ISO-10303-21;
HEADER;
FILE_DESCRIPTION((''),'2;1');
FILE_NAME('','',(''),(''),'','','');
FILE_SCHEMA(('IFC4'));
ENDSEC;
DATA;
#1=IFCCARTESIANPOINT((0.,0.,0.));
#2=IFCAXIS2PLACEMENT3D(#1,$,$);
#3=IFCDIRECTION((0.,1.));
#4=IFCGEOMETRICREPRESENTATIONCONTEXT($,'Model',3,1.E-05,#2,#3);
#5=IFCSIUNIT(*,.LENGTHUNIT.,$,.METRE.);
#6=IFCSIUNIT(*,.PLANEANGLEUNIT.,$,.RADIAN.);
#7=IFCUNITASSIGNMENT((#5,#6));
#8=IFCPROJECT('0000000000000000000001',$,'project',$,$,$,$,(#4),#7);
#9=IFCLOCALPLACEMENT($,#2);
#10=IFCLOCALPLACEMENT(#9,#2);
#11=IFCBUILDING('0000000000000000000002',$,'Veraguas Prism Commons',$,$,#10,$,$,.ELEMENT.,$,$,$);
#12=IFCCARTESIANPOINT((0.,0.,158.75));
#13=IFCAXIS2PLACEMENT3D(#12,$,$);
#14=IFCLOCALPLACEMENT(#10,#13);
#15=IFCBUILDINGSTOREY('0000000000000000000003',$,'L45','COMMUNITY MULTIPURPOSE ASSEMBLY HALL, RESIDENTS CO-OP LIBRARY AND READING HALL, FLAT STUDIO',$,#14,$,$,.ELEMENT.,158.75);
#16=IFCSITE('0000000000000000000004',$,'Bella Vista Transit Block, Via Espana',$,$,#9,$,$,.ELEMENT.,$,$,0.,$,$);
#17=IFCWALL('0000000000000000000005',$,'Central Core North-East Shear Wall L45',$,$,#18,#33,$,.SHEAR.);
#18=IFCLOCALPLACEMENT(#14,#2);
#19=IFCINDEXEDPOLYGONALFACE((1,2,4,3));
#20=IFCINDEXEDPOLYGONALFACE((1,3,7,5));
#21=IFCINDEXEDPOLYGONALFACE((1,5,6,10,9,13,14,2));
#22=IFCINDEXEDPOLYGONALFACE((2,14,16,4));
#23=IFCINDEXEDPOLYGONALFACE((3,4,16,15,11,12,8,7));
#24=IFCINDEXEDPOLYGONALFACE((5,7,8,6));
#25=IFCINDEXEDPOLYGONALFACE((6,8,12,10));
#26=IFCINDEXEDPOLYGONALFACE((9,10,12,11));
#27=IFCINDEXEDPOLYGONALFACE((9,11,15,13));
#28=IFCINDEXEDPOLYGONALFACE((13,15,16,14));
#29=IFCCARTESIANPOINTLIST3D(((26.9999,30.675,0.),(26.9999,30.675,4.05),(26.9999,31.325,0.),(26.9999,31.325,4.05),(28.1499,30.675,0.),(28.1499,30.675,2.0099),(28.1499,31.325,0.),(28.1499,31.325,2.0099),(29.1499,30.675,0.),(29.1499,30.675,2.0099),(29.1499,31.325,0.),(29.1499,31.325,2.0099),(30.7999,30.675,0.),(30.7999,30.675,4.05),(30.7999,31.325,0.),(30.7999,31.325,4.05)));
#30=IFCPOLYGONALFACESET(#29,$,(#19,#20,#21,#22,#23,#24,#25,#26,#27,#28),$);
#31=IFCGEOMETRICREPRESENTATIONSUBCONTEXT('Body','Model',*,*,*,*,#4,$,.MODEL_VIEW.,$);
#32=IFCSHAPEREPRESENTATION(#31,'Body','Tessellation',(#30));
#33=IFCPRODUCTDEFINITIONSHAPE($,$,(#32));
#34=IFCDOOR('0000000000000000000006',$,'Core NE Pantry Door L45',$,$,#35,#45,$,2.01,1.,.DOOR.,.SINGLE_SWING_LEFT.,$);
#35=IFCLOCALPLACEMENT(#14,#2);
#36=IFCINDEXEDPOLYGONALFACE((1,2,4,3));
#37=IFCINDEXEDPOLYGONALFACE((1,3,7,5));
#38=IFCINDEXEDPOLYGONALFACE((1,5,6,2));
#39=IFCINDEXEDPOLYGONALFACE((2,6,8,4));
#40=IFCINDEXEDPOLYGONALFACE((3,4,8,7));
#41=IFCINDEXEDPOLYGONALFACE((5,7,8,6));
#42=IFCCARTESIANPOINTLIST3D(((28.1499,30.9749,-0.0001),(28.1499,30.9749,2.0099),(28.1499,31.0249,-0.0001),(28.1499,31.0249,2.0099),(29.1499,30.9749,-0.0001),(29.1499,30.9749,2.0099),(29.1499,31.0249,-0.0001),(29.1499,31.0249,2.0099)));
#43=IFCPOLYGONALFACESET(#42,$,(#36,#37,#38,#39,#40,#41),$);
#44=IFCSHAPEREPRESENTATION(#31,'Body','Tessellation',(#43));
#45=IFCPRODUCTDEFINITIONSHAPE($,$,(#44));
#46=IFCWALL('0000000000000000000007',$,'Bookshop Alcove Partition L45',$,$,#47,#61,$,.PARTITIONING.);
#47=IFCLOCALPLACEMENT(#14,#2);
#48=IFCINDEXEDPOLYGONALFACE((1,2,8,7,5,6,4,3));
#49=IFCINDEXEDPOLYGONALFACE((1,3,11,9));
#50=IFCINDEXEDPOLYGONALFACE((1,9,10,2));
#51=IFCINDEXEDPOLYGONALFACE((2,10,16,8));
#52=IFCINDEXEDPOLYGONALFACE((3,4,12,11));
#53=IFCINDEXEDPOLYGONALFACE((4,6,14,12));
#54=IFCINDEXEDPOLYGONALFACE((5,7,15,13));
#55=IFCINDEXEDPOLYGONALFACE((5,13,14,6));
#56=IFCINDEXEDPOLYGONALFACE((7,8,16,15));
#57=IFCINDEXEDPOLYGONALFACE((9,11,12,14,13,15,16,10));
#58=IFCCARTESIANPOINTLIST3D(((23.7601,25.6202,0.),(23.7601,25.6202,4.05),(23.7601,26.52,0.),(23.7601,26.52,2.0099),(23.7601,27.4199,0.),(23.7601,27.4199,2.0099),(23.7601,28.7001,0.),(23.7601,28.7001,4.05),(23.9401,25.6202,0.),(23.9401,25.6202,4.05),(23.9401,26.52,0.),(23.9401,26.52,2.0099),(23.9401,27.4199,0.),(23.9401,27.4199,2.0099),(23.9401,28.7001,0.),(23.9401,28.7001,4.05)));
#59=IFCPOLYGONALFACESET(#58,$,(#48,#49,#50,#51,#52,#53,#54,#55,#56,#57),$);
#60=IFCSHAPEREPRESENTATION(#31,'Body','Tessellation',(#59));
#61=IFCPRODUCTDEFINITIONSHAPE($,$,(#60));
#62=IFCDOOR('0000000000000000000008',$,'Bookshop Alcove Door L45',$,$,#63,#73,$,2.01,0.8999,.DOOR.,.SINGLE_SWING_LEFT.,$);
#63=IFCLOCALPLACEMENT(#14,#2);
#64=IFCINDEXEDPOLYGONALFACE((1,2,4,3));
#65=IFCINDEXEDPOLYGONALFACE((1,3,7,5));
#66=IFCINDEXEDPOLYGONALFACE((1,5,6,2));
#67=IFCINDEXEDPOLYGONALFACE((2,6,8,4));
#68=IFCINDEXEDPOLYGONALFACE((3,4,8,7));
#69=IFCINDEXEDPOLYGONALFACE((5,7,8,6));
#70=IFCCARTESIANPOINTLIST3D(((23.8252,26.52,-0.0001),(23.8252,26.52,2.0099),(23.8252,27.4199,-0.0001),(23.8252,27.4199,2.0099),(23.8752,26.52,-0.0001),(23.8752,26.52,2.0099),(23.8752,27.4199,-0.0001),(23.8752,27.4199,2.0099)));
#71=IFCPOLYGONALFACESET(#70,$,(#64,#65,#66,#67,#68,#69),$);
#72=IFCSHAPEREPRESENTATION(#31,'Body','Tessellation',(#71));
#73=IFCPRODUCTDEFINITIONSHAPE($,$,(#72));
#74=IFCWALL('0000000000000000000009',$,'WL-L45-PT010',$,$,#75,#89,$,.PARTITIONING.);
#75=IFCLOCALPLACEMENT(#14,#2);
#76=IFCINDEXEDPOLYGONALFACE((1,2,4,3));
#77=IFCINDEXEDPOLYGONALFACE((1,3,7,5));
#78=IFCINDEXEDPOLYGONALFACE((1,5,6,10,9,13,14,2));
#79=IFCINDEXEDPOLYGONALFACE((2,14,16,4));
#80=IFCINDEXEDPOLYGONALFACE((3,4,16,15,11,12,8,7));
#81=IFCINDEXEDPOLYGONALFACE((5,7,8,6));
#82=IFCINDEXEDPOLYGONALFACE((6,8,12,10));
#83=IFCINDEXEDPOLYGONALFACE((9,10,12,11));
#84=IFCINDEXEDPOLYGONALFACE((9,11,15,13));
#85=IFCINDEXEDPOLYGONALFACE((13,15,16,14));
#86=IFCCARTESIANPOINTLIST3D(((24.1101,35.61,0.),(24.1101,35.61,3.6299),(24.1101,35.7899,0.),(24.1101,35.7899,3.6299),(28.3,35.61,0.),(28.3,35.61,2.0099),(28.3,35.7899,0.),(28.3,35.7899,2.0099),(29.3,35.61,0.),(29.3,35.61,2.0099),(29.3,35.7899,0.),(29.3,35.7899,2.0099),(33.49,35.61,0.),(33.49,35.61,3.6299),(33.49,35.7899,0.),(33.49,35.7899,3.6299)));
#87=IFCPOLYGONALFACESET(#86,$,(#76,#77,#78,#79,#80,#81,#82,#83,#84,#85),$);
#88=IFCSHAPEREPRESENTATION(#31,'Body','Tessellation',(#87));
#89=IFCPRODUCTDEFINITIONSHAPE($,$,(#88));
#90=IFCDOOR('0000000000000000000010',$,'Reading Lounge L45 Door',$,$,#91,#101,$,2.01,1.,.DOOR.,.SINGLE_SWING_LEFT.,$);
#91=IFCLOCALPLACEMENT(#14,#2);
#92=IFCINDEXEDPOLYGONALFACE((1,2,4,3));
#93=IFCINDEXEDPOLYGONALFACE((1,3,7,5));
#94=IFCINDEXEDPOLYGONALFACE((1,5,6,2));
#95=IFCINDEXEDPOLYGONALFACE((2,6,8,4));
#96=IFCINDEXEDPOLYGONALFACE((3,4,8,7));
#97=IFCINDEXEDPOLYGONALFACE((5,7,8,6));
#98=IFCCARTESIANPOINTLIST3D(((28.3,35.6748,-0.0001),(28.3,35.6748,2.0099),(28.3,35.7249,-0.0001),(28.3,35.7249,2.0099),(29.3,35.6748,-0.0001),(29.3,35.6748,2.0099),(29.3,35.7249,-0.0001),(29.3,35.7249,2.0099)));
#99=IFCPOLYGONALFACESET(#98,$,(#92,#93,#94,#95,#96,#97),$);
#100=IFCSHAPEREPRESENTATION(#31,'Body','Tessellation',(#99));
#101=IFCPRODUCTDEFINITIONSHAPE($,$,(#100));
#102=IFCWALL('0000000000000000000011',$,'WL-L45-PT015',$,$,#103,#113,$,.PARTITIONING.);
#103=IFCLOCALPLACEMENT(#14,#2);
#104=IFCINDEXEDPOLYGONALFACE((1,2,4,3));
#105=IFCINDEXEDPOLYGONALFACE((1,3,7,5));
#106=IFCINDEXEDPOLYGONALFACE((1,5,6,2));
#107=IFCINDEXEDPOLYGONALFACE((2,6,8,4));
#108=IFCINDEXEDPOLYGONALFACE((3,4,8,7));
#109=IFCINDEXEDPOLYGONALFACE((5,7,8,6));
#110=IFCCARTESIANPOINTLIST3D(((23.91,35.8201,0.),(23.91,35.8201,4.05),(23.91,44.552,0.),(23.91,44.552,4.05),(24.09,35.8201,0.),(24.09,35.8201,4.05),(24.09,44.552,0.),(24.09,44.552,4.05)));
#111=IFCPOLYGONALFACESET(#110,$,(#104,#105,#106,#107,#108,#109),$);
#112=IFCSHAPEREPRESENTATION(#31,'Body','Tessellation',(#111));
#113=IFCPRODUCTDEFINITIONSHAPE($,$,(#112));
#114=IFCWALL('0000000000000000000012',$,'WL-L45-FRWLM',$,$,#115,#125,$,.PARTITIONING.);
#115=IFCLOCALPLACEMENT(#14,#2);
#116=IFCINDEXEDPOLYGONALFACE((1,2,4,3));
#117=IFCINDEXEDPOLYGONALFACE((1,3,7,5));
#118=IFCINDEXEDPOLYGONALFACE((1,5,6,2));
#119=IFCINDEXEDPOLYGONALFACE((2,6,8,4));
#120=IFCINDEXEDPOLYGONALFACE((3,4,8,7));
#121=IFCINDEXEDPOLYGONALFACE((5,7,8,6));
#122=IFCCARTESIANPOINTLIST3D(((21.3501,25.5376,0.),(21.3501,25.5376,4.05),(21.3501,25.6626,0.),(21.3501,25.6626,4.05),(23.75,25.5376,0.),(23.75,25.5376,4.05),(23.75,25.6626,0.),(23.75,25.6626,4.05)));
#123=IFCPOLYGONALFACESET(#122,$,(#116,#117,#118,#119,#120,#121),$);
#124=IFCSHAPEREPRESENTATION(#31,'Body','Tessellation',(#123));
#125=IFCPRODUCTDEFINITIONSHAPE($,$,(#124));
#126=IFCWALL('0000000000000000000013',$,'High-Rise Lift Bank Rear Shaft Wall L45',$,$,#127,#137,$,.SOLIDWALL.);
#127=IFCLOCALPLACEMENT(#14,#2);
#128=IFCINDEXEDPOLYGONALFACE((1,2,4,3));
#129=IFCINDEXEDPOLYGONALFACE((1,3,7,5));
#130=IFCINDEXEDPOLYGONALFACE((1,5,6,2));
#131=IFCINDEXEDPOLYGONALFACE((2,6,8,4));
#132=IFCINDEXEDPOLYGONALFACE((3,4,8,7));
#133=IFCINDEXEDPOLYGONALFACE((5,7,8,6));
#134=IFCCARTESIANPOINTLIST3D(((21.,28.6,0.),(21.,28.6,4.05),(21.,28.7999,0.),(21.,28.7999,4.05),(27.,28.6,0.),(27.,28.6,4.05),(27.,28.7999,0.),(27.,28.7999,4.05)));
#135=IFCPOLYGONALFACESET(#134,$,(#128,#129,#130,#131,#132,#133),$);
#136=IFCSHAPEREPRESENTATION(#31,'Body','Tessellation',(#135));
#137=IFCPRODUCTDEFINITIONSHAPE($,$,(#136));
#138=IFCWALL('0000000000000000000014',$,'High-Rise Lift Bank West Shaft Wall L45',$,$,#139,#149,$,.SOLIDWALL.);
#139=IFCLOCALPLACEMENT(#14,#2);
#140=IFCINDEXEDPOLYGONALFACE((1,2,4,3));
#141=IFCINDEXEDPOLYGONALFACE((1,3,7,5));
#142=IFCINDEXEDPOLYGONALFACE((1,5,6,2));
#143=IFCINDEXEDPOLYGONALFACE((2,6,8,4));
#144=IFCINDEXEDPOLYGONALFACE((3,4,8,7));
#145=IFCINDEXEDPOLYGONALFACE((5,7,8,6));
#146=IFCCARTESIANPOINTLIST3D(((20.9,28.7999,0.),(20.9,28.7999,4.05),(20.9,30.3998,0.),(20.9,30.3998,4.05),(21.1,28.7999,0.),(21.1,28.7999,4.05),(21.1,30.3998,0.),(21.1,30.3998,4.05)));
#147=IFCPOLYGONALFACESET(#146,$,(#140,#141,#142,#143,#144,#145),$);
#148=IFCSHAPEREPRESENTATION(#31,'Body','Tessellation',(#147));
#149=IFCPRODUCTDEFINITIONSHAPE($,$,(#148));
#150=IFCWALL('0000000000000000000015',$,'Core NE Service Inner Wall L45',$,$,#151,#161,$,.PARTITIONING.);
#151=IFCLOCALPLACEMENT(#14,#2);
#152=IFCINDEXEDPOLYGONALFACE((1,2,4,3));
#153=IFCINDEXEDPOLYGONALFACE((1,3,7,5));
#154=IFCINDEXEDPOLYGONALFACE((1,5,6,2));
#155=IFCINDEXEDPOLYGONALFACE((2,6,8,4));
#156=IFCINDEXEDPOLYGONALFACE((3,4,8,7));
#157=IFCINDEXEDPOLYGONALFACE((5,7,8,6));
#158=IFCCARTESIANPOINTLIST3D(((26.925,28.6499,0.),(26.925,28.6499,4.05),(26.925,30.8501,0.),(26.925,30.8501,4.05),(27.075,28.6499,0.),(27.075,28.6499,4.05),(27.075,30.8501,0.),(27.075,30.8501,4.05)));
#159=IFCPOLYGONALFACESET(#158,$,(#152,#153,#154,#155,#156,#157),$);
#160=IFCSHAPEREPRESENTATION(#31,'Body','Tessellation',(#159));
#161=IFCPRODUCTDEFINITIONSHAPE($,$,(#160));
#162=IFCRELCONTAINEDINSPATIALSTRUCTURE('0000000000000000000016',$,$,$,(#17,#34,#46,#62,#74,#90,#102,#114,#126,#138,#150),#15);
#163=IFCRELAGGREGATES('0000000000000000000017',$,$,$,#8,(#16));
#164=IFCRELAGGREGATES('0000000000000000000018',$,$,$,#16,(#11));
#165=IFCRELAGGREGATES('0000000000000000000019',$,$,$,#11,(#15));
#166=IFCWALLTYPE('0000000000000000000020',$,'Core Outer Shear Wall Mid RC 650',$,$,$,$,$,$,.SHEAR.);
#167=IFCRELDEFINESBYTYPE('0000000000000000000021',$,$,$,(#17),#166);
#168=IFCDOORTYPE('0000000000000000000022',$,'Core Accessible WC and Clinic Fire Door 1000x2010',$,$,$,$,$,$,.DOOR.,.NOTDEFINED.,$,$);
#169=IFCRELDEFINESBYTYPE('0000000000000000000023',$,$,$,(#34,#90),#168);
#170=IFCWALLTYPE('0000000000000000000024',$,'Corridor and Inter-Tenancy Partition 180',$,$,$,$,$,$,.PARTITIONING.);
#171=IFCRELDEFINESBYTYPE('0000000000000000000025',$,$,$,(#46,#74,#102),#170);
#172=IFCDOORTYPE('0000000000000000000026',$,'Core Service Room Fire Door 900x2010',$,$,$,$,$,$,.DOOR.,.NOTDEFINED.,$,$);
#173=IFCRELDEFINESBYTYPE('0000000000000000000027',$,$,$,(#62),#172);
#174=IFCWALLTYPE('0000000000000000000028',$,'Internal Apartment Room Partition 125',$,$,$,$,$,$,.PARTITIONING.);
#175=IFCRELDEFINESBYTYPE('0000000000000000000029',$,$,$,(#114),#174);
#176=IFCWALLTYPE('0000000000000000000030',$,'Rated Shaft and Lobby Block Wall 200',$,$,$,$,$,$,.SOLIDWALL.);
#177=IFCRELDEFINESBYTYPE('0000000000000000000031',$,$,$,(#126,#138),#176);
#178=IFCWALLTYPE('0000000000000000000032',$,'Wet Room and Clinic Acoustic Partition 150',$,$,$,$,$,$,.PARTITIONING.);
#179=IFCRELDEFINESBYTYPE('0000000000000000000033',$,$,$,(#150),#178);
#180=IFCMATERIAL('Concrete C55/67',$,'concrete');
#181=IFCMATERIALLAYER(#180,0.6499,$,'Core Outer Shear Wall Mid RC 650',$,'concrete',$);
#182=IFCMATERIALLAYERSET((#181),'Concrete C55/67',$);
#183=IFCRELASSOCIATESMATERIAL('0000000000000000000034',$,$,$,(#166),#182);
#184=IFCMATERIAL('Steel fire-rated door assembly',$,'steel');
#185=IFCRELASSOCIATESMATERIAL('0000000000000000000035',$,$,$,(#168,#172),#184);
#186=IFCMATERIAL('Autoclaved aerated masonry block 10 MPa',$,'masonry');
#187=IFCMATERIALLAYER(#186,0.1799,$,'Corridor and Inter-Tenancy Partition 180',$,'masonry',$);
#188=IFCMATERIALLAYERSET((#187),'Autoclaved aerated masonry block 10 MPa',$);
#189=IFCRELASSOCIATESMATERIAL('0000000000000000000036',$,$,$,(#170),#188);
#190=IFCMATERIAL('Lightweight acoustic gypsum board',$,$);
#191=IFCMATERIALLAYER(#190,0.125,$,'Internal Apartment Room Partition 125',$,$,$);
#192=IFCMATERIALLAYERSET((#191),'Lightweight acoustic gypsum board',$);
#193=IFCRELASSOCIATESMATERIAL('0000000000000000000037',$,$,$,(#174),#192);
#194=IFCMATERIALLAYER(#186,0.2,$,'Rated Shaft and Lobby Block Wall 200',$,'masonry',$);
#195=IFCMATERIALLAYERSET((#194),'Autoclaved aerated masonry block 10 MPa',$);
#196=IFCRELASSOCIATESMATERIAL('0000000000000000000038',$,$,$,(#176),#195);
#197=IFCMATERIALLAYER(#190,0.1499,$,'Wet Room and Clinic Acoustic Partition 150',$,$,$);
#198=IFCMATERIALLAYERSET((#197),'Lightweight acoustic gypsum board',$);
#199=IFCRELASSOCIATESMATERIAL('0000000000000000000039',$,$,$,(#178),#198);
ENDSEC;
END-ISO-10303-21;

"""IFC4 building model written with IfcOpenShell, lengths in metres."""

from ifc_helpers import new_model, si_unit, direction, frame, frame_2d, origin, place, context, subcontext, project, spatial, rectangle, extrude, source, transform, mapped, material, layer, layer_set, type_object, element, fill, save


model = new_model("IFC4")

# Units and contexts
model_context = context("Model", 3, precision=1e-05, world=origin(), true_north=direction((0.0, 1.0)))
body_context = subcontext(model_context, "Body", "Model", "MODEL_VIEW")
ifc_project = project(units=[si_unit("LENGTHUNIT", "METRE"), si_unit("PLANEANGLEUNIT", "RADIAN")], contexts=[model_context])

# Site, building, storey
site_placement = place(None, origin())
site = spatial("IfcSite", under=ifc_project, at=site_placement, Name="Bella Vista Transit Block, Via Espana", CompositionType="ELEMENT", RefElevation=0.0)
building_placement = place(site_placement, origin())
building = spatial("IfcBuilding", under=site, at=building_placement, Name="Veraguas Prism Commons", CompositionType="ELEMENT")
storey_placement = place(building_placement, frame((0.0, 0.0, 158.75)))
storey = spatial("IfcBuildingStorey", under=building, at=storey_placement, Name="L45", Description="COMMUNITY MULTIPURPOSE ASSEMBLY HALL, RESIDENTS CO-OP LIBRARY AND READING HALL, FLAT STUDIO", CompositionType="ELEMENT", Elevation=158.75)

# Walls, openings, doors
ifc_material_1 = material(Name="Concrete C55/67", Category="concrete")
ifc_layer_1 = layer(ifc_material_1, 0.6499, Name="Core Outer Shear Wall Mid RC 650", Category="concrete")
ifc_layer_set_1 = layer_set([ifc_layer_1], Name="Concrete C55/67")
wall_type_1 = type_object("IfcWallType", Name="Core Outer Shear Wall Mid RC 650", PredefinedType="SHEAR", material=ifc_layer_set_1)
wall_1_placement = place(storey_placement, frame((27.0, 31.0, 0.0), z_axis=(0.0, 0.0, 1.0), x_axis=(1.0, 0.0, 0.0)))
wall_1 = element("IfcWall", 1, at=wall_1_placement, inside=storey, type_object=wall_type_1, Name="Central Core North-East Shear Wall L45", PredefinedType="SHEAR", context=body_context, shape_type="SweptSolid", body=[
    extrude(rectangle(XDim=3.8, YDim=0.6499, at=frame_2d((1.8999, 0.0))), origin(), (0.0, 0.0, 1.0), 4.05),
])
opening_1_placement = place(wall_1_placement, frame((1.1499, 0.0, 0.0)))
opening_1 = element("IfcOpeningElement", 2, at=opening_1_placement, cuts=wall_1, PredefinedType="OPENING", context=body_context, shape_type="SweptSolid", body=[
    extrude(rectangle(XDim=1.0, YDim=2.01, at=frame_2d((0.5, 1.0049))), frame((0.0, 0.335, 0.0), z_axis=(0.0, -1.0, 0.0), x_axis=(1.0, 0.0, 0.0)), (0.0, 0.0, 1.0), 0.6699),
])
ifc_material_2 = material(Name="Steel fire-rated door assembly", Category="steel")
door_type_1 = type_object("IfcDoorType", Name="Core Accessible WC and Clinic Fire Door 1000x2010", OperationType="NOTDEFINED", PredefinedType="DOOR", material=ifc_material_2)
shared_shape_1 = source(origin(), body_context, "Body", "SweptSolid", [
    extrude(rectangle(XDim=1.0, YDim=2.01, at=frame_2d((0.5, 1.0049))), frame((0.0, 0.0249, 0.0), z_axis=(0.0, -1.0, 0.0), x_axis=(1.0, 0.0, 0.0)), (0.0, 0.0, 1.0), 0.05),
])
door_1_placement = place(opening_1_placement, origin())
door_1 = element("IfcDoor", 3, at=door_1_placement, inside=storey, type_object=door_type_1, Name="Core NE Pantry Door L45", OperationType="SINGLE_SWING_LEFT", OverallHeight=2.01, OverallWidth=1.0, PredefinedType="DOOR", context=body_context, shape_type="MappedRepresentation", body=[
    mapped(shared_shape_1, transform((0.0, 0.0, 0.0), scale=1.0)),
])
fill(opening_1, door_1)
ifc_material_3 = material(Name="Autoclaved aerated masonry block 10 MPa", Category="masonry")
ifc_layer_2 = layer(ifc_material_3, 0.1799, Name="Corridor and Inter-Tenancy Partition 180", Category="masonry")
ifc_layer_set_2 = layer_set([ifc_layer_2], Name="Autoclaved aerated masonry block 10 MPa")
wall_type_2 = type_object("IfcWallType", Name="Corridor and Inter-Tenancy Partition 180", PredefinedType="PARTITIONING", material=ifc_layer_set_2)
wall_2_placement = place(storey_placement, frame((23.8501, 25.6201, 0.0), z_axis=(0.0, 0.0, 1.0), x_axis=(0.0, 1.0, 0.0)))
wall_2 = element("IfcWall", 4, at=wall_2_placement, inside=storey, type_object=wall_type_2, Name="Bookshop Alcove Partition L45", PredefinedType="PARTITIONING", context=body_context, shape_type="SweptSolid", body=[
    extrude(rectangle(XDim=3.0798, YDim=0.1799, at=frame_2d((1.54, 0.0))), origin(), (0.0, 0.0, 1.0), 4.05),
])
opening_2_placement = place(wall_2_placement, frame((0.8999, 0.0, 0.0)))
opening_2 = element("IfcOpeningElement", 5, at=opening_2_placement, cuts=wall_2, PredefinedType="OPENING", context=body_context, shape_type="SweptSolid", body=[
    extrude(rectangle(XDim=0.8999, YDim=2.01, at=frame_2d((0.45, 1.0049))), frame((0.0, 0.0999, 0.0), z_axis=(0.0, -1.0, 0.0), x_axis=(1.0, 0.0, 0.0)), (0.0, 0.0, 1.0), 0.2),
])
door_type_2 = type_object("IfcDoorType", Name="Core Service Room Fire Door 900x2010", OperationType="NOTDEFINED", PredefinedType="DOOR", material=ifc_material_2)
shared_shape_2 = source(origin(), body_context, "Body", "SweptSolid", [
    extrude(rectangle(XDim=0.8999, YDim=2.01, at=frame_2d((0.45, 1.0049))), frame((0.0, 0.0249, 0.0), z_axis=(0.0, -1.0, 0.0), x_axis=(1.0, 0.0, 0.0)), (0.0, 0.0, 1.0), 0.05),
])
door_2_placement = place(opening_2_placement, origin())
door_2 = element("IfcDoor", 6, at=door_2_placement, inside=storey, type_object=door_type_2, Name="Bookshop Alcove Door L45", OperationType="SINGLE_SWING_LEFT", OverallHeight=2.01, OverallWidth=0.8999, PredefinedType="DOOR", context=body_context, shape_type="MappedRepresentation", body=[
    mapped(shared_shape_2, transform((0.0, 0.0, 0.0), scale=1.0)),
])
fill(opening_2, door_2)
wall_3_placement = place(storey_placement, frame((24.1101, 35.7, 0.0), z_axis=(0.0, 0.0, 1.0), x_axis=(1.0, 0.0, 0.0)))
wall_3 = element("IfcWall", 7, at=wall_3_placement, inside=storey, type_object=wall_type_2, Name="WL-L45-PT010", PredefinedType="PARTITIONING", context=body_context, shape_type="SweptSolid", body=[
    extrude(rectangle(XDim=9.3799, YDim=0.1799, at=frame_2d((4.6899, 0.0))), origin(), (0.0, 0.0, 1.0), 3.6299),
])
opening_3_placement = place(wall_3_placement, frame((4.1899, 0.0, 0.0)))
opening_3 = element("IfcOpeningElement", 8, at=opening_3_placement, cuts=wall_3, PredefinedType="OPENING", context=body_context, shape_type="SweptSolid", body=[
    extrude(rectangle(XDim=1.0, YDim=2.01, at=frame_2d((0.5, 1.0049))), frame((0.0, 0.0999, 0.0), z_axis=(0.0, -1.0, 0.0), x_axis=(1.0, 0.0, 0.0)), (0.0, 0.0, 1.0), 0.2),
])
door_3_placement = place(opening_3_placement, origin())
door_3 = element("IfcDoor", 9, at=door_3_placement, inside=storey, type_object=door_type_1, Name="Reading Lounge L45 Door", OperationType="SINGLE_SWING_LEFT", OverallHeight=2.01, OverallWidth=1.0, PredefinedType="DOOR", context=body_context, shape_type="MappedRepresentation", body=[
    mapped(shared_shape_1, transform((0.0, 0.0, 0.0), scale=1.0)),
])
fill(opening_3, door_3)

# Walls
wall_4_placement = place(storey_placement, frame((24.0, 35.8201, 0.0), z_axis=(0.0, 0.0, 1.0), x_axis=(0.0, 1.0, 0.0)))
element("IfcWall", 10, at=wall_4_placement, inside=storey, type_object=wall_type_2, Name="WL-L45-PT015", PredefinedType="PARTITIONING", context=body_context, shape_type="SweptSolid", body=[
    extrude(rectangle(XDim=8.7319, YDim=0.1799, at=frame_2d((4.366, 0.0))), origin(), (0.0, 0.0, 1.0), 4.05),
])
ifc_material_4 = material(Name="Lightweight acoustic gypsum board")
ifc_layer_3 = layer(ifc_material_4, 0.125, Name="Internal Apartment Room Partition 125")
ifc_layer_set_3 = layer_set([ifc_layer_3], Name="Lightweight acoustic gypsum board")
wall_type_3 = type_object("IfcWallType", Name="Internal Apartment Room Partition 125", PredefinedType="PARTITIONING", material=ifc_layer_set_3)
wall_5_placement = place(storey_placement, frame((21.3501, 25.6001, 0.0), z_axis=(0.0, 0.0, 1.0), x_axis=(1.0, 0.0, 0.0)))
element("IfcWall", 11, at=wall_5_placement, inside=storey, type_object=wall_type_3, Name="WL-L45-FRWLM", PredefinedType="PARTITIONING", context=body_context, shape_type="SweptSolid", body=[
    extrude(rectangle(XDim=2.3999, YDim=0.125, at=frame_2d((1.2, 0.0))), origin(), (0.0, 0.0, 1.0), 4.05),
])
ifc_layer_4 = layer(ifc_material_3, 0.2, Name="Rated Shaft and Lobby Block Wall 200", Category="masonry")
ifc_layer_set_4 = layer_set([ifc_layer_4], Name="Autoclaved aerated masonry block 10 MPa")
wall_type_4 = type_object("IfcWallType", Name="Rated Shaft and Lobby Block Wall 200", PredefinedType="SOLIDWALL", material=ifc_layer_set_4)
wall_6_placement = place(storey_placement, frame((21.0, 28.7, 0.0), z_axis=(0.0, 0.0, 1.0), x_axis=(1.0, 0.0, 0.0)))
element("IfcWall", 12, at=wall_6_placement, inside=storey, type_object=wall_type_4, Name="High-Rise Lift Bank Rear Shaft Wall L45", PredefinedType="SOLIDWALL", context=body_context, shape_type="SweptSolid", body=[
    extrude(rectangle(XDim=6.0, YDim=0.2, at=frame_2d((3.0, 0.0))), origin(), (0.0, 0.0, 1.0), 4.05),
])
wall_7_placement = place(storey_placement, frame((21.0, 28.8, 0.0), z_axis=(0.0, 0.0, 1.0), x_axis=(0.0, 1.0, 0.0)))
element("IfcWall", 13, at=wall_7_placement, inside=storey, type_object=wall_type_4, Name="High-Rise Lift Bank West Shaft Wall L45", PredefinedType="SOLIDWALL", context=body_context, shape_type="SweptSolid", body=[
    extrude(rectangle(XDim=1.5999, YDim=0.2, at=frame_2d((0.7998, 0.0))), origin(), (0.0, 0.0, 1.0), 4.05),
])
ifc_layer_5 = layer(ifc_material_4, 0.1499, Name="Wet Room and Clinic Acoustic Partition 150")
ifc_layer_set_5 = layer_set([ifc_layer_5], Name="Lightweight acoustic gypsum board")
wall_type_5 = type_object("IfcWallType", Name="Wet Room and Clinic Acoustic Partition 150", PredefinedType="PARTITIONING", material=ifc_layer_set_5)
wall_8_placement = place(storey_placement, frame((27.0, 28.6499, 0.0), z_axis=(0.0, 0.0, 1.0), x_axis=(0.0, 1.0, 0.0)))
element("IfcWall", 14, at=wall_8_placement, inside=storey, type_object=wall_type_5, Name="Core NE Service Inner Wall L45", PredefinedType="PARTITIONING", context=body_context, shape_type="SweptSolid", body=[
    extrude(rectangle(XDim=2.2002, YDim=0.1499, at=frame_2d((1.1001, 0.0))), origin(), (0.0, 0.0, 1.0), 4.05),
])

save(model, "model.ifc")
